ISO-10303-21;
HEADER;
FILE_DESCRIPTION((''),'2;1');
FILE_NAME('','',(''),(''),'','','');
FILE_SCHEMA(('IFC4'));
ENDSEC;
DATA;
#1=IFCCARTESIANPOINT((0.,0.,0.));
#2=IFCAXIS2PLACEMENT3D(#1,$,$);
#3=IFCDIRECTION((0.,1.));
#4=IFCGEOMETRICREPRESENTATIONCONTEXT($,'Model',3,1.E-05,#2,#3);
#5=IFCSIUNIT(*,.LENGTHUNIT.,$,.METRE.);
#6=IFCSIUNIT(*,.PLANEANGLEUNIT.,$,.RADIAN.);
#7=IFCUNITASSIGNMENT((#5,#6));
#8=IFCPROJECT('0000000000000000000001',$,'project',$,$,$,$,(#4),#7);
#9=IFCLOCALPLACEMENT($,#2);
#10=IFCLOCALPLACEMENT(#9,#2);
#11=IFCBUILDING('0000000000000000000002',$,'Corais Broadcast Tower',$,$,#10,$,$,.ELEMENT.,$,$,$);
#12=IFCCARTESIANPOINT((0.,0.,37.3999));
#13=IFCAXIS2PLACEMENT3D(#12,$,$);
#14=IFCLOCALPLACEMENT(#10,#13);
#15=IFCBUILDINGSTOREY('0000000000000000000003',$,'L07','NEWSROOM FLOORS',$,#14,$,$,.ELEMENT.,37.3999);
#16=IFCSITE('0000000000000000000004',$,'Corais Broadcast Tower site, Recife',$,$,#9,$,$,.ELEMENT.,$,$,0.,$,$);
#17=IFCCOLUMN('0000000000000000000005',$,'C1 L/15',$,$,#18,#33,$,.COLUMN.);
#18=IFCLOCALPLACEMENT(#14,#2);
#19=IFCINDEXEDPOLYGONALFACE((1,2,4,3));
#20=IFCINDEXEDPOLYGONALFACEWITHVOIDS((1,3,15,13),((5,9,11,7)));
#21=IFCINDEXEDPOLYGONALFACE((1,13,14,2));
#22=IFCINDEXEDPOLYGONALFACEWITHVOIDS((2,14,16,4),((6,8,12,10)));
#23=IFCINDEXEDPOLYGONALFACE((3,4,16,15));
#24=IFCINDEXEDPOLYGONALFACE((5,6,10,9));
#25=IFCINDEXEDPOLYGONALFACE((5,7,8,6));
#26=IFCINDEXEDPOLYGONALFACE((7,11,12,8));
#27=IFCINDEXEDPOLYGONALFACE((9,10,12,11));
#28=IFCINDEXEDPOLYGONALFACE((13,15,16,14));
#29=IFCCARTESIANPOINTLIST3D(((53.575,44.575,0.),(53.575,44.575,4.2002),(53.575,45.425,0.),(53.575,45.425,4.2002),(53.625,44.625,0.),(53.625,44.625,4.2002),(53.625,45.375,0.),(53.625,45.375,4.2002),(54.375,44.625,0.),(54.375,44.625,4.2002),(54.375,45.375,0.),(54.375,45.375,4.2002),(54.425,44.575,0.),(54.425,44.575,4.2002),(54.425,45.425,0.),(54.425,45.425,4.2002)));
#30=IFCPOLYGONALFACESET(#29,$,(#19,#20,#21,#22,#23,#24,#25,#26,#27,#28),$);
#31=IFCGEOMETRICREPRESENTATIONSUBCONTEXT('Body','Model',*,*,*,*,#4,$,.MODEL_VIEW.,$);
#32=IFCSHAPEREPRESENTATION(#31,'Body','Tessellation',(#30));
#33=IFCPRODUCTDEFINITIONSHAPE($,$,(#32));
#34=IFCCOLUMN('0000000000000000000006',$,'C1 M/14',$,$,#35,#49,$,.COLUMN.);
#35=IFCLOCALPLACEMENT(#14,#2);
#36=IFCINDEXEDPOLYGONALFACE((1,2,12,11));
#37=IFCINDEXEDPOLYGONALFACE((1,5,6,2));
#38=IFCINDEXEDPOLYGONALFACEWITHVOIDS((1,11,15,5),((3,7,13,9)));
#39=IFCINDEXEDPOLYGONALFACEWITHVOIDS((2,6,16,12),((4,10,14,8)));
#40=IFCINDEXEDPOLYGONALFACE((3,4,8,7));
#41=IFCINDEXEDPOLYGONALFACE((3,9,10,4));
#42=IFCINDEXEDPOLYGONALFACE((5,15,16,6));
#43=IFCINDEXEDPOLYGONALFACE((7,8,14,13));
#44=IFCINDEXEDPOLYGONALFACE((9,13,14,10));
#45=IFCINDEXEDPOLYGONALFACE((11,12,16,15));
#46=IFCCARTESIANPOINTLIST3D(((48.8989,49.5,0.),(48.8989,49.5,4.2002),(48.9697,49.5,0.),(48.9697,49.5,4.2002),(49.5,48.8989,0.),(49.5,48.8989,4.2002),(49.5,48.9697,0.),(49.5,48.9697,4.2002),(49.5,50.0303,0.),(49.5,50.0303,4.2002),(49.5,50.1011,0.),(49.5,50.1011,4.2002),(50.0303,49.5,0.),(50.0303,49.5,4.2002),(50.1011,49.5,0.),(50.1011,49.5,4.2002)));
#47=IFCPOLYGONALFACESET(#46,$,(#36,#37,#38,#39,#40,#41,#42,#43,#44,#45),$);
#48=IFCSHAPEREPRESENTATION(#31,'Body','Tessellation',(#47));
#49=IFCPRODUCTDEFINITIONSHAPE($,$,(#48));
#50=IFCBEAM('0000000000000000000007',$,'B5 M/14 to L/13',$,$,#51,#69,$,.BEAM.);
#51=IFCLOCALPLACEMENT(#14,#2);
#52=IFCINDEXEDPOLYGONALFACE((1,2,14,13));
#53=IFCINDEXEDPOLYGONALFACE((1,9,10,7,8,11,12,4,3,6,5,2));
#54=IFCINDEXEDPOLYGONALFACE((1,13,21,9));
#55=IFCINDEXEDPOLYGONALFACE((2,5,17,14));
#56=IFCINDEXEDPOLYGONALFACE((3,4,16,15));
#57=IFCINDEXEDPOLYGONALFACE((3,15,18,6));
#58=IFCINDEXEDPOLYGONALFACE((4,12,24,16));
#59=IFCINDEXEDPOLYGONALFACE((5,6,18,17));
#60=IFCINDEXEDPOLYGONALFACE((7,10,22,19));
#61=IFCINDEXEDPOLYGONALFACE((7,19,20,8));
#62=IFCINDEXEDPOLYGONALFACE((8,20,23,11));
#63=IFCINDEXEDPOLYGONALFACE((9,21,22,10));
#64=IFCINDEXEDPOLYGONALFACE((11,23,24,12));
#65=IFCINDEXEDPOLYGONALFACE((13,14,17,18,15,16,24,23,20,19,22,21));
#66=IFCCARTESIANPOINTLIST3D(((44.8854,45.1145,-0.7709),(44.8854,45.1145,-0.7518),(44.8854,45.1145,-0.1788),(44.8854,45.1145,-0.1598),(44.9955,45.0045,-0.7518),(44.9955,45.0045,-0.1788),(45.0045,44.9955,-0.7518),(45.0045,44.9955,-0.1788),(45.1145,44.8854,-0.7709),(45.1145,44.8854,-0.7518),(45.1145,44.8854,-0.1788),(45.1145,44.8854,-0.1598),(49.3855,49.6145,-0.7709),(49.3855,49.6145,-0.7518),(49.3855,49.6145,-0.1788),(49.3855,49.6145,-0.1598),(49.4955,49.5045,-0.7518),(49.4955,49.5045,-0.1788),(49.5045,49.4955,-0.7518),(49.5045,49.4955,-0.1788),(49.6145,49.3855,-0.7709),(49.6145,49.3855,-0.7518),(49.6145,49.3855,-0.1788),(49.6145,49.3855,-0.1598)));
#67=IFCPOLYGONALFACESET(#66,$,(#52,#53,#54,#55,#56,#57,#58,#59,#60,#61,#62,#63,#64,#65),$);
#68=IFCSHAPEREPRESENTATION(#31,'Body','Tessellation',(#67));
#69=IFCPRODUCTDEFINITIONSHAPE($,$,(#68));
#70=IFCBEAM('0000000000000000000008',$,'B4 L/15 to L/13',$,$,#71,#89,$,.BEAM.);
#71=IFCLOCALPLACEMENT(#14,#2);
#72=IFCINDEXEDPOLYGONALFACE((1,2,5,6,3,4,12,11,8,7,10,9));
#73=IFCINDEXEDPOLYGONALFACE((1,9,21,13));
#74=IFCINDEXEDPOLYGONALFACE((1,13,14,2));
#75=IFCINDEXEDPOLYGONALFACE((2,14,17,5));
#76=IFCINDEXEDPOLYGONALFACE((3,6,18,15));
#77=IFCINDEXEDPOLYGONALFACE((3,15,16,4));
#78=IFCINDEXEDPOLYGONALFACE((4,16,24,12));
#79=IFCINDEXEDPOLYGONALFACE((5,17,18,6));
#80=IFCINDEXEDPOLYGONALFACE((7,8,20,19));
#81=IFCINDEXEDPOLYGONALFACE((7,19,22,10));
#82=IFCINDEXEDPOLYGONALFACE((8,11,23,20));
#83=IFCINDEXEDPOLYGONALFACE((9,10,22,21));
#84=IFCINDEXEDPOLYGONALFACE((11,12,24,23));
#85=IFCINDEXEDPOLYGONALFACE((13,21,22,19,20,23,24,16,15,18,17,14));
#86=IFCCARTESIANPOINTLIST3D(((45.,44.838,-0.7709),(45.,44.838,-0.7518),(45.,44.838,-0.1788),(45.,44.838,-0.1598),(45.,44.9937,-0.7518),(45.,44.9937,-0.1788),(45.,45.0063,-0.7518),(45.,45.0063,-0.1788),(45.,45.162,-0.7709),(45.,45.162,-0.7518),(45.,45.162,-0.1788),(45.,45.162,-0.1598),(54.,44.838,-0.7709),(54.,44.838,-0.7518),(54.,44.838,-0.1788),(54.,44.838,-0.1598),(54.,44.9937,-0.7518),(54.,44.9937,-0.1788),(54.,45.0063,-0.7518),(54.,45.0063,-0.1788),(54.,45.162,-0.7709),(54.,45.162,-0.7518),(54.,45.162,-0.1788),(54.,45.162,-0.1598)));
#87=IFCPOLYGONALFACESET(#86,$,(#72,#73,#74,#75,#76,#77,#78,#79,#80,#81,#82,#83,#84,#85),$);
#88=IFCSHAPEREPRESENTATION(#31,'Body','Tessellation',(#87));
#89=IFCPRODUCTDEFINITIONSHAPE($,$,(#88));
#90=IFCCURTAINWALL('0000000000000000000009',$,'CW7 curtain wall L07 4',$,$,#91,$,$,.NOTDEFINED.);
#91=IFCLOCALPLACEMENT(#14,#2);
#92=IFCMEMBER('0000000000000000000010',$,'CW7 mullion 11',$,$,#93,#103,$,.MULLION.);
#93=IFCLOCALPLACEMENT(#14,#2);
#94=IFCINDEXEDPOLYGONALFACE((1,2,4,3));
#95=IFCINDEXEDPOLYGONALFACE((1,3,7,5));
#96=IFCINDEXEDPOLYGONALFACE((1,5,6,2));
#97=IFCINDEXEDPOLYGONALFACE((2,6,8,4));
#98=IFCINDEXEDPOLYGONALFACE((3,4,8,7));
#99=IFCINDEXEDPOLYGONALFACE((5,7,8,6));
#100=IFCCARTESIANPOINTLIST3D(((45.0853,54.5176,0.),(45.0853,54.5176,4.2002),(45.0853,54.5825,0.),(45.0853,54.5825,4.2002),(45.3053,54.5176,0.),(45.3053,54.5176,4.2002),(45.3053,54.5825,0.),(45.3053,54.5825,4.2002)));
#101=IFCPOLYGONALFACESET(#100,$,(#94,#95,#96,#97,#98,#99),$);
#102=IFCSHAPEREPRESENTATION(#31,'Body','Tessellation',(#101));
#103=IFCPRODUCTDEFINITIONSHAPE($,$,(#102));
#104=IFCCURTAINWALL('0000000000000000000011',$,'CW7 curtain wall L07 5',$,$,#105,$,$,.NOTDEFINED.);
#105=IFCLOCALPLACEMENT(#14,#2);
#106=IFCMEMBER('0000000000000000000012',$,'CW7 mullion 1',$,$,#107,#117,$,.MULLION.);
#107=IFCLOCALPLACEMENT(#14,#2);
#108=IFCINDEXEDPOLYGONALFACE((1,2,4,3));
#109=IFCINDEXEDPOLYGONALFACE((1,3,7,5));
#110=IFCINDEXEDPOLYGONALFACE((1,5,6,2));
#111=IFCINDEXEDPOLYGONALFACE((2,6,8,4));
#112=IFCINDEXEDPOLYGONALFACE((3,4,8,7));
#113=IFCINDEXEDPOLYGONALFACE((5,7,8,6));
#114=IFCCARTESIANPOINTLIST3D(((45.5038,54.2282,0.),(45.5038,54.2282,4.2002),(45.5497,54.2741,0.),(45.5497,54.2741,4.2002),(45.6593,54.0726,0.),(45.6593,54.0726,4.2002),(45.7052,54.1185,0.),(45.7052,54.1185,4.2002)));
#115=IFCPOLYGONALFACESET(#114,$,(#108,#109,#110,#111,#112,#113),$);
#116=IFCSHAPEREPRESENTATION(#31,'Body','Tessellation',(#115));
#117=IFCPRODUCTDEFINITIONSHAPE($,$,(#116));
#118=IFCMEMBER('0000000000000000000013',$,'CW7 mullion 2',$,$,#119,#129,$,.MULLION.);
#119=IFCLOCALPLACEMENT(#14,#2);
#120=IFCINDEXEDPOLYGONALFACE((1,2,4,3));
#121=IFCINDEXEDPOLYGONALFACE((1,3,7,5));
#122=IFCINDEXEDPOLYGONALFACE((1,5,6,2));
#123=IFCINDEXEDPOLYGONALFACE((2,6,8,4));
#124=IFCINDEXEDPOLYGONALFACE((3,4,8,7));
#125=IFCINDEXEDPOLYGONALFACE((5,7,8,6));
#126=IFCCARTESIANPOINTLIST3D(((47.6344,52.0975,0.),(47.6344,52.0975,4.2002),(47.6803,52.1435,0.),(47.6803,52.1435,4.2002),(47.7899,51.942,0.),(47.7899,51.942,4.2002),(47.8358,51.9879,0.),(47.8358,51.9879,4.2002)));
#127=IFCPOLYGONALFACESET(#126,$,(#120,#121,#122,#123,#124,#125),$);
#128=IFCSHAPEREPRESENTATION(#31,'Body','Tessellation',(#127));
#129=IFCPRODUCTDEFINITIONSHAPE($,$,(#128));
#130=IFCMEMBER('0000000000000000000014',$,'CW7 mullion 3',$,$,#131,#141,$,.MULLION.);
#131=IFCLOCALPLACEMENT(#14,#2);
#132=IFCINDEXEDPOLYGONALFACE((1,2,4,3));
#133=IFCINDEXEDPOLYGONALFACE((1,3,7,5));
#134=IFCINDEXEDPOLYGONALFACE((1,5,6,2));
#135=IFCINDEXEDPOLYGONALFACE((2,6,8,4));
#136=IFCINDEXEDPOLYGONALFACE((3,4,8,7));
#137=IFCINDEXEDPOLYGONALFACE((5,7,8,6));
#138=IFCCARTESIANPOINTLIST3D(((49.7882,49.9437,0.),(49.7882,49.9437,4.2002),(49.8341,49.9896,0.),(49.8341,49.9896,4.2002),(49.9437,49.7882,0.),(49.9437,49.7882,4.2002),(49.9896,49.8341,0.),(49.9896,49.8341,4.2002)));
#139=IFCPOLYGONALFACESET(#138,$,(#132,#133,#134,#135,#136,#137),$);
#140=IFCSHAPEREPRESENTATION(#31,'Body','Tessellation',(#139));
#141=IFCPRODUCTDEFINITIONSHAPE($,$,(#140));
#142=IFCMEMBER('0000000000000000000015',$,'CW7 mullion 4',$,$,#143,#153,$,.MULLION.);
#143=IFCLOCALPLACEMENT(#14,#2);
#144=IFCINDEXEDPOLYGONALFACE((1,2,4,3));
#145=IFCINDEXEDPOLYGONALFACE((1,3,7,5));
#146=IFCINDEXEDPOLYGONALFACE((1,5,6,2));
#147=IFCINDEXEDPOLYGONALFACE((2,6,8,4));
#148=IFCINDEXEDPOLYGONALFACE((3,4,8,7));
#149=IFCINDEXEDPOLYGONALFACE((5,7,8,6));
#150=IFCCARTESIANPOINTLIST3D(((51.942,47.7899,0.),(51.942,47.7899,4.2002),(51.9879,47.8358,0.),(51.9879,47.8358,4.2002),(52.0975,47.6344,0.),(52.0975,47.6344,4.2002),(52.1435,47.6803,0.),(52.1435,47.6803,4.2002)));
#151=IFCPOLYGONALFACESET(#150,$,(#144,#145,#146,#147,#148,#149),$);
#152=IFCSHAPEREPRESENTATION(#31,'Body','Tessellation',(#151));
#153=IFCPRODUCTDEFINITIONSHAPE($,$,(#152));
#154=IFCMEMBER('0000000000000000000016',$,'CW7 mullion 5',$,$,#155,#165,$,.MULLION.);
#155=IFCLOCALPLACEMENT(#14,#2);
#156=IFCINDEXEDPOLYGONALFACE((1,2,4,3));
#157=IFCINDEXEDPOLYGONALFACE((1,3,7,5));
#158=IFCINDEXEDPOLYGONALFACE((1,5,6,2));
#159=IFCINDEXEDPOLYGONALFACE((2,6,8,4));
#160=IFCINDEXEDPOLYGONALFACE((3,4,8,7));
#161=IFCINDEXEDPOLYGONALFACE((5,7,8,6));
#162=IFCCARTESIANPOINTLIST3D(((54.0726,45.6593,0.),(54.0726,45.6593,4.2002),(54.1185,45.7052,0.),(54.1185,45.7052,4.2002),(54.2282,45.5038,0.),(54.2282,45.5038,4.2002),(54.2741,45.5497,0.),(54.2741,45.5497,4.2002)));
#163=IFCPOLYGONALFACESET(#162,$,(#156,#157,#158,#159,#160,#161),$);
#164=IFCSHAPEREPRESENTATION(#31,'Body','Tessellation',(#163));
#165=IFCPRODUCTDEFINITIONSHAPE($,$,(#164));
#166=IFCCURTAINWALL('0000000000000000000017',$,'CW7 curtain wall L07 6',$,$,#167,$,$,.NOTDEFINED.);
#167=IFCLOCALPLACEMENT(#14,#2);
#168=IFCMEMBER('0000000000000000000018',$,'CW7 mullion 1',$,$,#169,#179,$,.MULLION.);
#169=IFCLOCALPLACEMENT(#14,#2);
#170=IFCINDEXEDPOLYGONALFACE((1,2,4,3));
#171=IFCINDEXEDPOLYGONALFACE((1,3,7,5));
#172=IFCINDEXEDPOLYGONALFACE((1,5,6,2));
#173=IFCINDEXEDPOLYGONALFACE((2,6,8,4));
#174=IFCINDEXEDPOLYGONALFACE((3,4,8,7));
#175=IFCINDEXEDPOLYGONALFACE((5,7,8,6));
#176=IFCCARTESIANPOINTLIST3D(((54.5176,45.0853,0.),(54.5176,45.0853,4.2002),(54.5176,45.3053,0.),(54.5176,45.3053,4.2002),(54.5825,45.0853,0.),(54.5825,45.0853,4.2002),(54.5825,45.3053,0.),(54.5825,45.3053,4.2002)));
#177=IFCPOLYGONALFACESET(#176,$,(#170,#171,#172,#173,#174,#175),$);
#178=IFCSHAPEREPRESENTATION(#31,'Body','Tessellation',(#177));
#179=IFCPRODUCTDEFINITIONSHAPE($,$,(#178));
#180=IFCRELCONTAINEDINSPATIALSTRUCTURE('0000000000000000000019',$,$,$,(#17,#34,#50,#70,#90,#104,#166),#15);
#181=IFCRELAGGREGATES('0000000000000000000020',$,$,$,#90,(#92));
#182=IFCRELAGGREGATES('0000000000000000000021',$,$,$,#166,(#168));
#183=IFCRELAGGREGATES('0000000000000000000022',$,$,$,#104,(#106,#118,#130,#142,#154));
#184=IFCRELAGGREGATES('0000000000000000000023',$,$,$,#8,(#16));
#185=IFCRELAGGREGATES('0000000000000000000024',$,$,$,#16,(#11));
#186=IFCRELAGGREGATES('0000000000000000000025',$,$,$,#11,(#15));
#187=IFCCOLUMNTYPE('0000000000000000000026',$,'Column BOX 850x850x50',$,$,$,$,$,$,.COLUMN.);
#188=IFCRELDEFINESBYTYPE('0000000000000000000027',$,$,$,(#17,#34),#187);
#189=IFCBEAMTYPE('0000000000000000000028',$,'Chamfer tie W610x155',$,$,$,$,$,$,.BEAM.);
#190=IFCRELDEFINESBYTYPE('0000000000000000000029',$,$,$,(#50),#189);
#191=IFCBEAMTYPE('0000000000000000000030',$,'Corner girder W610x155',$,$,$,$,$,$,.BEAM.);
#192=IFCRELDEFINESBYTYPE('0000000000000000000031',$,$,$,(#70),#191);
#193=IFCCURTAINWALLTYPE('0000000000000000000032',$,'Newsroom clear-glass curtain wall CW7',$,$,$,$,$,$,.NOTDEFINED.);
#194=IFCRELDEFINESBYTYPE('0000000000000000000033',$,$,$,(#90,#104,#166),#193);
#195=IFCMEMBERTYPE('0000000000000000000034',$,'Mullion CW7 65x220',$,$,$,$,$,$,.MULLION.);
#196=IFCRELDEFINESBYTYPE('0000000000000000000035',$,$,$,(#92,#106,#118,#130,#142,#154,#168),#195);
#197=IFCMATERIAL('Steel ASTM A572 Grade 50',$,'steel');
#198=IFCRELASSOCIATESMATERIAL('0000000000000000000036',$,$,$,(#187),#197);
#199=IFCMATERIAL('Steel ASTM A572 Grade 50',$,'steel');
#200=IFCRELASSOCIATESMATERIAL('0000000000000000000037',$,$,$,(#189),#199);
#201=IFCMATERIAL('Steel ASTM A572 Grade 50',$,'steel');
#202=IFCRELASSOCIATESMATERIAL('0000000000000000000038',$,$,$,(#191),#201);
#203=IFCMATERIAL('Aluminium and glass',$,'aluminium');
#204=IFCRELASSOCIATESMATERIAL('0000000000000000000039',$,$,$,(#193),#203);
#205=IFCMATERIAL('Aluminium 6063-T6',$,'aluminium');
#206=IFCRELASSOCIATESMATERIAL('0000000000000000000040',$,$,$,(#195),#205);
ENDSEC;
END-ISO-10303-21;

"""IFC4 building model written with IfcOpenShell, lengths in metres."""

from ifc_helpers import new_model, si_unit, direction, frame, origin, origin_2d, place, context, subcontext, project, spatial, rectangle, hollow_rectangle, i_section, extrude, material, material_profile, profile_set, type_object, element, aggregate, save


model = new_model("IFC4")

# Units and contexts
model_context = context("Model", 3, precision=1e-05, world=origin(), true_north=direction((0.0, 1.0)))
body_context = subcontext(model_context, "Body", "Model", "MODEL_VIEW")
ifc_project = project(units=[si_unit("LENGTHUNIT", "METRE"), si_unit("PLANEANGLEUNIT", "RADIAN")], contexts=[model_context])

# Site, building, storey
site_placement = place(None, origin())
site = spatial("IfcSite", under=ifc_project, at=site_placement, Name="Corais Broadcast Tower site, Recife", CompositionType="ELEMENT", RefElevation=0.0)
building_placement = place(site_placement, origin())
building = spatial("IfcBuilding", under=site, at=building_placement, Name="Corais Broadcast Tower", CompositionType="ELEMENT")
storey_placement = place(building_placement, frame((0.0, 0.0, 37.3999)))
storey = spatial("IfcBuildingStorey", under=building, at=storey_placement, Name="L07", Description="NEWSROOM FLOORS", CompositionType="ELEMENT", Elevation=37.3999)

# Columns
ifc_material_1 = material(Name="Steel ASTM A572 Grade 50", Category="steel")
ifc_material_profile_1 = material_profile(ifc_material_1, hollow_rectangle(XDim=0.8501, YDim=0.8501, WallThickness=0.05, at=origin_2d()), Name="BOX 850x850x50")
ifc_profile_set_1 = profile_set([ifc_material_profile_1], Name="Steel ASTM A572 Grade 50")
column_type = type_object("IfcColumnType", Name="Column BOX 850x850x50", PredefinedType="COLUMN", material=ifc_profile_set_1)
for number, where, z_axis, x_axis, name in (
    (1, (54.0, 45.0, 0.0), (0.0, 0.0, 1.0), (1.0, 0.0, 0.0), "C1 L/15"),
    (2, (49.5, 49.5, 0.0), (0.0, 0.0, 1.0), (0.707107, 0.707107, 0.0), "C1 M/14"),
):
    element("IfcColumn", number, at=place(storey_placement, frame(where, z_axis=z_axis, x_axis=x_axis)), inside=storey, type_object=column_type, Name=name, PredefinedType="COLUMN", context=body_context, shape_type="SweptSolid", body=[
        extrude(hollow_rectangle(XDim=0.8501, YDim=0.8501, WallThickness=0.05, at=origin_2d()), origin(), (0.0, 0.0, 1.0), 4.2002),
    ])

# Beams
ifc_material_2 = material(Name="Steel ASTM A572 Grade 50", Category="steel")
ifc_material_profile_2 = material_profile(ifc_material_2, i_section(OverallWidth=0.324, OverallDepth=0.6111, WebThickness=0.0127, FlangeThickness=0.019, at=origin_2d()), Name="W610x155")
ifc_profile_set_2 = profile_set([ifc_material_profile_2], Name="Steel ASTM A572 Grade 50")
beam_type_1 = type_object("IfcBeamType", Name="Chamfer tie W610x155", PredefinedType="BEAM", material=ifc_profile_set_2)
beam_1_placement = place(storey_placement, frame((49.5, 49.5, -0.4653), z_axis=(-0.707107, -0.707107, 0.0), x_axis=(0.707107, -0.707107, 0.0)))
element("IfcBeam", 3, at=beam_1_placement, inside=storey, type_object=beam_type_1, Name="B5 M/14 to L/13", PredefinedType="BEAM", context=body_context, shape_type="SweptSolid", body=[
    extrude(i_section(OverallWidth=0.324, OverallDepth=0.6111, WebThickness=0.0127, FlangeThickness=0.019, at=origin_2d()), origin(), (0.0, 0.0, 1.0), 6.364),
])
ifc_material_3 = material(Name="Steel ASTM A572 Grade 50", Category="steel")
ifc_material_profile_3 = material_profile(ifc_material_3, i_section(OverallWidth=0.324, OverallDepth=0.6111, WebThickness=0.0127, FlangeThickness=0.019, at=origin_2d()), Name="W610x155")
ifc_profile_set_3 = profile_set([ifc_material_profile_3], Name="Steel ASTM A572 Grade 50")
beam_type_2 = type_object("IfcBeamType", Name="Corner girder W610x155", PredefinedType="BEAM", material=ifc_profile_set_3)
beam_2_placement = place(storey_placement, frame((54.0, 45.0, -0.4653), z_axis=(-1.0, 0.0, 0.0), x_axis=(0.0, -1.0, 0.0)))
element("IfcBeam", 4, at=beam_2_placement, inside=storey, type_object=beam_type_2, Name="B4 L/15 to L/13", PredefinedType="BEAM", context=body_context, shape_type="SweptSolid", body=[
    extrude(i_section(OverallWidth=0.324, OverallDepth=0.6111, WebThickness=0.0127, FlangeThickness=0.019, at=origin_2d()), origin(), (0.0, 0.0, 1.0), 9.0),
])

# Curtain wall, member
ifc_material_4 = material(Name="Aluminium and glass", Category="aluminium")
curtain_wall_type = type_object("IfcCurtainWallType", Name="Newsroom clear-glass curtain wall CW7", PredefinedType="NOTDEFINED", material=ifc_material_4)
curtain_wall_1_placement = place(storey_placement, origin())
curtain_wall_1 = element("IfcCurtainWall", 5, at=curtain_wall_1_placement, inside=storey, type_object=curtain_wall_type, Name="CW7 curtain wall L07 4", PredefinedType="NOTDEFINED")
ifc_material_5 = material(Name="Aluminium 6063-T6", Category="aluminium")
ifc_material_profile_4 = material_profile(ifc_material_5, rectangle(XDim=0.0649, YDim=0.22, at=origin_2d()), Name="Mullion CW7 65x220")
ifc_profile_set_4 = profile_set([ifc_material_profile_4], Name="Aluminium 6063-T6")
member_type_1 = type_object("IfcMemberType", Name="Mullion CW7 65x220", PredefinedType="MULLION", material=ifc_profile_set_4)
member_1_placement = place(storey_placement, frame((45.1953, 54.55, 0.0), z_axis=(0.0, 0.0, 1.0), x_axis=(0.0, 1.0, 0.0)))
member_1 = element("IfcMember", 6, at=member_1_placement, type_object=member_type_1, Name="CW7 mullion 11", PredefinedType="MULLION", context=body_context, shape_type="SweptSolid", body=[
    extrude(rectangle(XDim=0.0649, YDim=0.22, at=origin_2d()), origin(), (0.0, 0.0, 1.0), 4.2002),
])
aggregate(curtain_wall_1, [member_1])

# Curtain wall, members
curtain_wall_2_placement = place(storey_placement, origin())
curtain_wall_2 = element("IfcCurtainWall", 7, at=curtain_wall_2_placement, inside=storey, type_object=curtain_wall_type, Name="CW7 curtain wall L07 5", PredefinedType="NOTDEFINED")
member_2_placement = place(storey_placement, frame((45.6045, 54.1733, 0.0), z_axis=(0.0, 0.0, 1.0), x_axis=(0.707107, 0.707107, 0.0)))
member_2 = element("IfcMember", 8, at=member_2_placement, type_object=member_type_1, Name="CW7 mullion 1", PredefinedType="MULLION", context=body_context, shape_type="SweptSolid", body=[
    extrude(rectangle(XDim=0.0649, YDim=0.22, at=origin_2d()), origin(), (0.0, 0.0, 1.0), 4.2002),
])
member_3_placement = place(storey_placement, frame((47.7351, 52.0427, 0.0), z_axis=(0.0, 0.0, 1.0), x_axis=(0.707107, 0.707107, 0.0)))
member_3 = element("IfcMember", 9, at=member_3_placement, type_object=member_type_1, Name="CW7 mullion 2", PredefinedType="MULLION", context=body_context, shape_type="SweptSolid", body=[
    extrude(rectangle(XDim=0.0649, YDim=0.22, at=origin_2d()), origin(), (0.0, 0.0, 1.0), 4.2002),
])
member_4_placement = place(storey_placement, frame((49.8889, 49.8889, 0.0), z_axis=(0.0, 0.0, 1.0), x_axis=(0.707107, 0.707107, 0.0)))
member_4 = element("IfcMember", 10, at=member_4_placement, type_object=member_type_1, Name="CW7 mullion 3", PredefinedType="MULLION", context=body_context, shape_type="SweptSolid", body=[
    extrude(rectangle(XDim=0.0649, YDim=0.22, at=origin_2d()), origin(), (0.0, 0.0, 1.0), 4.2002),
])
member_5_placement = place(storey_placement, frame((52.0427, 47.7351, 0.0), z_axis=(0.0, 0.0, 1.0), x_axis=(0.707107, 0.707107, 0.0)))
member_5 = element("IfcMember", 11, at=member_5_placement, type_object=member_type_1, Name="CW7 mullion 4", PredefinedType="MULLION", context=body_context, shape_type="SweptSolid", body=[
    extrude(rectangle(XDim=0.0649, YDim=0.22, at=origin_2d()), origin(), (0.0, 0.0, 1.0), 4.2002),
])
member_6_placement = place(storey_placement, frame((54.1733, 45.6045, 0.0), z_axis=(0.0, 0.0, 1.0), x_axis=(0.707107, 0.707107, 0.0)))
member_6 = element("IfcMember", 12, at=member_6_placement, type_object=member_type_1, Name="CW7 mullion 5", PredefinedType="MULLION", context=body_context, shape_type="SweptSolid", body=[
    extrude(rectangle(XDim=0.0649, YDim=0.22, at=origin_2d()), origin(), (0.0, 0.0, 1.0), 4.2002),
])

# Curtain wall, member
curtain_wall_3_placement = place(storey_placement, origin())
curtain_wall_3 = element("IfcCurtainWall", 13, at=curtain_wall_3_placement, inside=storey, type_object=curtain_wall_type, Name="CW7 curtain wall L07 6", PredefinedType="NOTDEFINED")
member_7_placement = place(storey_placement, frame((54.55, 45.1953, 0.0), z_axis=(0.0, 0.0, 1.0), x_axis=(1.0, 0.0, 0.0)))
member_7 = element("IfcMember", 14, at=member_7_placement, type_object=member_type_1, Name="CW7 mullion 1", PredefinedType="MULLION", context=body_context, shape_type="SweptSolid", body=[
    extrude(rectangle(XDim=0.0649, YDim=0.22, at=origin_2d()), origin(), (0.0, 0.0, 1.0), 4.2002),
])

aggregate(curtain_wall_3, [member_7])
aggregate(curtain_wall_2, [member_2, member_3, member_4, member_5, member_6])

save(model, "model.ifc")
